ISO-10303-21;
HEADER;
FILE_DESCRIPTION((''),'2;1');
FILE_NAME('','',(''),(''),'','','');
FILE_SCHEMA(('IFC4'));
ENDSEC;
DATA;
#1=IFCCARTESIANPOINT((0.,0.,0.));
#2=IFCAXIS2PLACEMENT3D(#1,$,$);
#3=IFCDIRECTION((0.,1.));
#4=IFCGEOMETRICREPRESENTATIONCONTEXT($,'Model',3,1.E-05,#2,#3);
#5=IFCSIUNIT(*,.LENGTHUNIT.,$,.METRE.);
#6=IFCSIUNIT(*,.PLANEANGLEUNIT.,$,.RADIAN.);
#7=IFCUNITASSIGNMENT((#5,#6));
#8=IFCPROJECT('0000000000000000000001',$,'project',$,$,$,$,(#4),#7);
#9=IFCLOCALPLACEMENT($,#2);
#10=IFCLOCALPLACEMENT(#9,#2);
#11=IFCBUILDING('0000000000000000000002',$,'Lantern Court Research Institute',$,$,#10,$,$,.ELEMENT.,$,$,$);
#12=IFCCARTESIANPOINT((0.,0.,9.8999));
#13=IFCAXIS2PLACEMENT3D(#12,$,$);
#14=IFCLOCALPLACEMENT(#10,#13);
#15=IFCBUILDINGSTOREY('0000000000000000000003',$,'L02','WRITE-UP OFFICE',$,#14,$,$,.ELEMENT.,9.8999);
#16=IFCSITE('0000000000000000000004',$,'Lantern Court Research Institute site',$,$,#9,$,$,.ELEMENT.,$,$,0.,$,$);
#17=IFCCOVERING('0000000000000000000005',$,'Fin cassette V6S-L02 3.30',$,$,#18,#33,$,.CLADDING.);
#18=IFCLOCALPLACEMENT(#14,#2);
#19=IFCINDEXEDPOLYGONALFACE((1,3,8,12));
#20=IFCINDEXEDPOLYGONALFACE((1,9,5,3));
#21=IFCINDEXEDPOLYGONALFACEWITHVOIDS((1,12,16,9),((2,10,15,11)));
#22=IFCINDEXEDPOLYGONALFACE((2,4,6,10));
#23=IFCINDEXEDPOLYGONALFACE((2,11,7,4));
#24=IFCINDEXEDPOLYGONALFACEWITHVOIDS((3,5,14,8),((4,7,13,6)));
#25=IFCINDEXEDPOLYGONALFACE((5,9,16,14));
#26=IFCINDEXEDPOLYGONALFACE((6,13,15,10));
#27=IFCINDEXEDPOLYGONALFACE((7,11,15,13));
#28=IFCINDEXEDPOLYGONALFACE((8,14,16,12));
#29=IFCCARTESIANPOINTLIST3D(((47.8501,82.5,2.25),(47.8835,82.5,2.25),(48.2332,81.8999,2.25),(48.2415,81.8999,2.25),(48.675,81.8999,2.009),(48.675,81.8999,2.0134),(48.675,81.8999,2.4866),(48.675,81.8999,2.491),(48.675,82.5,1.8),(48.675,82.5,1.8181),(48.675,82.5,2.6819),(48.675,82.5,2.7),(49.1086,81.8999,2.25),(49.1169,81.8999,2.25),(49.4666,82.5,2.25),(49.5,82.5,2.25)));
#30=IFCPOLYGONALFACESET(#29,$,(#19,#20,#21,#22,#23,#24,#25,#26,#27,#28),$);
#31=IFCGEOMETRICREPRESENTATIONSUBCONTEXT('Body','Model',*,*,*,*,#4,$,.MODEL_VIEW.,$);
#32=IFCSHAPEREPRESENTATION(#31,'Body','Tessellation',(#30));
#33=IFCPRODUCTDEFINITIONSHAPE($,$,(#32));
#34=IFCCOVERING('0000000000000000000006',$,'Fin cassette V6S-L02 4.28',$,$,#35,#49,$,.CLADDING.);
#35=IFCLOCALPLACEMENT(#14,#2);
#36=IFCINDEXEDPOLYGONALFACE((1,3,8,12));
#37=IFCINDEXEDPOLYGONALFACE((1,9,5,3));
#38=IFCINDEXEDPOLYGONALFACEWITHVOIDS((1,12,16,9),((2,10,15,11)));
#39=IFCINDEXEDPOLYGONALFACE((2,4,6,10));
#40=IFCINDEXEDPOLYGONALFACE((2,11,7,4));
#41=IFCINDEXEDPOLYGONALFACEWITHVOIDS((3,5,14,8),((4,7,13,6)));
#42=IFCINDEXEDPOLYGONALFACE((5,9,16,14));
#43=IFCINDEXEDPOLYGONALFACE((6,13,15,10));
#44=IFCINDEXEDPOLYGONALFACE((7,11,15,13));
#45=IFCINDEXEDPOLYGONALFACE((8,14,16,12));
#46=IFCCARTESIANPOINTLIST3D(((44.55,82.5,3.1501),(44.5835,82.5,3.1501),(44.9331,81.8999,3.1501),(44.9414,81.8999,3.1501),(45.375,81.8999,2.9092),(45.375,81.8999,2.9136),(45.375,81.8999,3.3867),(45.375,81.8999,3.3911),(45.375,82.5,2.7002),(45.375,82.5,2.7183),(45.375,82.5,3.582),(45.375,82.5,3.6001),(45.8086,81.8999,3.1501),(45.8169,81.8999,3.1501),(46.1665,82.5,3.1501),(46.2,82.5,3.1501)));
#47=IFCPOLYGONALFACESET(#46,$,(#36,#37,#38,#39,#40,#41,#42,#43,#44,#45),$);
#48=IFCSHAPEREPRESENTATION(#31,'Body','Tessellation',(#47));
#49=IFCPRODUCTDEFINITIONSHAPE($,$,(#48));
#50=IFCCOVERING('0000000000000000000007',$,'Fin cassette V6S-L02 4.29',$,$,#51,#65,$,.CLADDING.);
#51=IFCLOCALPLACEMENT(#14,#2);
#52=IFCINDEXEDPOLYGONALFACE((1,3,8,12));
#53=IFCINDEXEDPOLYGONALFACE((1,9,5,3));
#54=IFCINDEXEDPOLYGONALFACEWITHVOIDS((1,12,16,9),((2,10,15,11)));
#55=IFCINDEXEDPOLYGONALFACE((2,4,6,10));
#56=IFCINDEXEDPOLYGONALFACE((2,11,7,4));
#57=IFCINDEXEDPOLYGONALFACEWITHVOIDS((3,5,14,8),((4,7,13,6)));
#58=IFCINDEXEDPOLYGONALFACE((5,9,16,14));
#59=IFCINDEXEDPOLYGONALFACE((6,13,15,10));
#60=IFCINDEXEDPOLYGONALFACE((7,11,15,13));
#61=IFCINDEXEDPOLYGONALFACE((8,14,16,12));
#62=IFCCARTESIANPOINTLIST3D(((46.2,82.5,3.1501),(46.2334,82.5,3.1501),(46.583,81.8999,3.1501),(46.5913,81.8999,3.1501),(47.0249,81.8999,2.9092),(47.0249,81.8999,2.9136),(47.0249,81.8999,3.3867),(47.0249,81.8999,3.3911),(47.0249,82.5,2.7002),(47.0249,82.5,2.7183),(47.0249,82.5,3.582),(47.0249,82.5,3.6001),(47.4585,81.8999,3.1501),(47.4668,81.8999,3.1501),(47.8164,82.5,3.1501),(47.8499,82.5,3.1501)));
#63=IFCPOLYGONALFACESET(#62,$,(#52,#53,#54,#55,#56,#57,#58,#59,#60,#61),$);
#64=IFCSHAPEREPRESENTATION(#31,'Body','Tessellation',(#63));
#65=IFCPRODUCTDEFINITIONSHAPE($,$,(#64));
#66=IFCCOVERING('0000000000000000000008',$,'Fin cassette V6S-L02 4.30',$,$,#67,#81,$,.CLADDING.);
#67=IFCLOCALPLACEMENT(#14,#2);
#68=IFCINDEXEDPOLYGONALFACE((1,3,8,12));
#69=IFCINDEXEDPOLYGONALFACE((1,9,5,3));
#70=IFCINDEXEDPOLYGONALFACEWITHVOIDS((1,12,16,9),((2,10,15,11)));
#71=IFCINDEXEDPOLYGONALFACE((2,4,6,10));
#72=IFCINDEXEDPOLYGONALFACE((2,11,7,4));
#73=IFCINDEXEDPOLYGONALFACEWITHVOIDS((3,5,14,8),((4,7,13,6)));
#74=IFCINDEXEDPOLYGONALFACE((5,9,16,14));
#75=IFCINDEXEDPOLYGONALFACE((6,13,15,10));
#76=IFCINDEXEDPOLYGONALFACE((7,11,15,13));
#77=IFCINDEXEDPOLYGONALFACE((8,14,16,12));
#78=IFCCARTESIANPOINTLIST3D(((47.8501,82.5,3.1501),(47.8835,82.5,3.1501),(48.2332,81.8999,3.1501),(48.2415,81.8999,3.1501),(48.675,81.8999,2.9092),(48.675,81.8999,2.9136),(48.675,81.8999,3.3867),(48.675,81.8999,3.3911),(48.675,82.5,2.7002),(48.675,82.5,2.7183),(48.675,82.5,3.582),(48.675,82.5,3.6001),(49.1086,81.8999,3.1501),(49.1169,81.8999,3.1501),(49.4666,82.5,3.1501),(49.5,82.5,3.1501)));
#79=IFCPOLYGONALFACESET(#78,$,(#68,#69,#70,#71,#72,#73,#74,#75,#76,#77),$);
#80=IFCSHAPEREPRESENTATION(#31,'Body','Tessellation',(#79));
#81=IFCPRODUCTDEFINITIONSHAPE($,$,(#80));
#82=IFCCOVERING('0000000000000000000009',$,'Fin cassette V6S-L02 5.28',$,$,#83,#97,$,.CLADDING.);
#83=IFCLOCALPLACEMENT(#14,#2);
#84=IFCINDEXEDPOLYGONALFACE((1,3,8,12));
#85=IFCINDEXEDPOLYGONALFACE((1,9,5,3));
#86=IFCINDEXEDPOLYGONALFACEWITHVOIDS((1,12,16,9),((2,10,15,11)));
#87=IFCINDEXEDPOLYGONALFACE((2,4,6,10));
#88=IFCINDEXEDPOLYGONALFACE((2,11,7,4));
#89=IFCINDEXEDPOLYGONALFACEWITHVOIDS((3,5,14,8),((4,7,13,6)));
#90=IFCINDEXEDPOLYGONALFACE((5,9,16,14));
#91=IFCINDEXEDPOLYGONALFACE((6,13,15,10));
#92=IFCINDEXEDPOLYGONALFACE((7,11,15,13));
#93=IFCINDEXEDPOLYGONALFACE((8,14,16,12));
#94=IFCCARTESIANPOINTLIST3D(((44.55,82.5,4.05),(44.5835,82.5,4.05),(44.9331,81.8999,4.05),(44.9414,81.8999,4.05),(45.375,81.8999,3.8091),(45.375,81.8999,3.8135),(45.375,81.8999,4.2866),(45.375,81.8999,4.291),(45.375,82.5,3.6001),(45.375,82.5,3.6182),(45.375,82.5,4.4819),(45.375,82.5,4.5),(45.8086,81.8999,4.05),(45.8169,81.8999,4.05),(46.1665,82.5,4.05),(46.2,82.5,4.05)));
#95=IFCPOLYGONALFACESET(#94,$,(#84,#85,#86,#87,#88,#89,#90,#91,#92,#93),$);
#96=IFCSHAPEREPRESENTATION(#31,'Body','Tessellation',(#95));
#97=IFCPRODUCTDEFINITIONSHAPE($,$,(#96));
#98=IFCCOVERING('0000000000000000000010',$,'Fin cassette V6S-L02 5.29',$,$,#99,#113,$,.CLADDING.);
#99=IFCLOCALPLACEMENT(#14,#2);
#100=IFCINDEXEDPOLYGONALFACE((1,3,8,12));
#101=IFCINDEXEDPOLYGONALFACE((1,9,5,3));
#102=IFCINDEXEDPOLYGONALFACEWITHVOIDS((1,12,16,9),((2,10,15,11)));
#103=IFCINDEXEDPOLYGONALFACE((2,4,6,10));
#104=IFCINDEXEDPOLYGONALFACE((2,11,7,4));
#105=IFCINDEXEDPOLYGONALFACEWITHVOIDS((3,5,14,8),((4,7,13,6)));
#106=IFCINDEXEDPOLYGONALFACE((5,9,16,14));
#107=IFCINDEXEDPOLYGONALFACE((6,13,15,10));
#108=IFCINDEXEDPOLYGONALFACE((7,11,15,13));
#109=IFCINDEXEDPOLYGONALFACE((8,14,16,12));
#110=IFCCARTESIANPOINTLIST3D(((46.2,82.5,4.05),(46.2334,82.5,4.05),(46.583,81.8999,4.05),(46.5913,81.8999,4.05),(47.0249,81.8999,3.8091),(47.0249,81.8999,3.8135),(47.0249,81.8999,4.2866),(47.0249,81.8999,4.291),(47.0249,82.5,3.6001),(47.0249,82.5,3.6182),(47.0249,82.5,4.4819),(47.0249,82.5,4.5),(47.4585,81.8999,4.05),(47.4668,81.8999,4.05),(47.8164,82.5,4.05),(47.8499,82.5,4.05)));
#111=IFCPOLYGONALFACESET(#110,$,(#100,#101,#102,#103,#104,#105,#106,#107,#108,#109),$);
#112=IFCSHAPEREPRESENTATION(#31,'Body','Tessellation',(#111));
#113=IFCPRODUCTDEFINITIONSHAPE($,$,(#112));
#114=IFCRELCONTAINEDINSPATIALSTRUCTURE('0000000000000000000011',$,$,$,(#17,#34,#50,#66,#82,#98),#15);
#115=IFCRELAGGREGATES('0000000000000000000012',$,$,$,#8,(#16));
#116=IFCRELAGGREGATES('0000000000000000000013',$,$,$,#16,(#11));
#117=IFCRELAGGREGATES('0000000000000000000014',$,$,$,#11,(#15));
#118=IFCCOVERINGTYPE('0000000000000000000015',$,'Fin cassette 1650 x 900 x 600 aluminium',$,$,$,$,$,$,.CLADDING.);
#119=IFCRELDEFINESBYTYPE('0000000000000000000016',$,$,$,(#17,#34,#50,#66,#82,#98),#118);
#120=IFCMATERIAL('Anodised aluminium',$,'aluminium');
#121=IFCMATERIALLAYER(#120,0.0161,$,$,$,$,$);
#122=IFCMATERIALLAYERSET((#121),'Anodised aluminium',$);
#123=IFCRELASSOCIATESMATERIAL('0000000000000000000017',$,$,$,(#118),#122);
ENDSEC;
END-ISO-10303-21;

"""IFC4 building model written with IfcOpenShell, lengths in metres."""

from ifc_helpers import new_model, entity, si_unit, direction, frame, origin, place, context, subcontext, project, spatial, material, layer, layer_set, type_object, element, save


model = new_model("IFC4")

# Units and contexts
model_context = context("Model", 3, precision=1e-05, world=origin(), true_north=direction((0.0, 1.0)))
body_context = subcontext(model_context, "Body", "Model", "MODEL_VIEW")
ifc_project = project(units=[si_unit("LENGTHUNIT", "METRE"), si_unit("PLANEANGLEUNIT", "RADIAN")], contexts=[model_context])

# Site, building, storey
site_placement = place(None, origin())
site = spatial("IfcSite", under=ifc_project, at=site_placement, Name="Lantern Court Research Institute site", CompositionType="ELEMENT", RefElevation=0.0)
building_placement = place(site_placement, origin())
building = spatial("IfcBuilding", under=site, at=building_placement, Name="Lantern Court Research Institute", CompositionType="ELEMENT")
storey_placement = place(building_placement, frame((0.0, 0.0, 9.8999)))
storey = spatial("IfcBuildingStorey", under=building, at=storey_placement, Name="L02", Description="WRITE-UP OFFICE", CompositionType="ELEMENT", Elevation=9.8999)

# Coverings
ifc_material_1 = material(Name="Anodised aluminium", Category="aluminium")
ifc_layer_1 = layer(ifc_material_1, 0.0161)
ifc_layer_set_1 = layer_set([ifc_layer_1], Name="Anodised aluminium")
covering_type = type_object("IfcCoveringType", Name="Fin cassette 1650 x 900 x 600 aluminium", PredefinedType="CLADDING", material=ifc_layer_set_1)
covering_1_placement = place(storey_placement, frame((48.675, 82.5, 2.25), z_axis=(0.0, -1.0, 0.0), x_axis=(1.0, 0.0, 0.0)))
cartesian_point_1 = entity("IfcCartesianPoint", [0.825, 0.0])
cartesian_point_2 = entity("IfcCartesianPoint", [0.7915, 0.0])
cartesian_point_3 = entity("IfcCartesianPoint", [0.4419, 0.0])
cartesian_point_4 = entity("IfcCartesianPoint", [0.4336, 0.0])
element("IfcCovering", 1, at=covering_1_placement, inside=storey, type_object=covering_type, Name="Fin cassette V6S-L02 3.30", PredefinedType="CLADDING", context=body_context, shape_type="SweptSolid", body=[
    entity("IfcExtrudedAreaSolidTapered", entity("IfcArbitraryProfileDefWithVoids", "AREA", None, entity("IfcPolyline", [cartesian_point_1, entity("IfcCartesianPoint", [0.0, 0.45]), entity("IfcCartesianPoint", [-0.825, 0.0]), entity("IfcCartesianPoint", [0.0, -0.45]), cartesian_point_1]), [entity("IfcPolyline", [cartesian_point_2, entity("IfcCartesianPoint", [0.0, 0.4319]), entity("IfcCartesianPoint", [-0.7915, 0.0]), entity("IfcCartesianPoint", [0.0, -0.4319]), cartesian_point_2])]), entity("IfcAxis2Placement3D", entity("IfcCartesianPoint", [0.0, 0.0, 0.0])), entity("IfcDirection", [0.0, 0.0, 1.0]), 0.6001, entity("IfcArbitraryProfileDefWithVoids", "AREA", None, entity("IfcPolyline", [cartesian_point_3, entity("IfcCartesianPoint", [0.0, 0.241]), entity("IfcCartesianPoint", [-0.4419, 0.0]), entity("IfcCartesianPoint", [0.0, -0.241]), cartesian_point_3]), [entity("IfcPolyline", [cartesian_point_4, entity("IfcCartesianPoint", [0.0, 0.2366]), entity("IfcCartesianPoint", [-0.4336, 0.0]), entity("IfcCartesianPoint", [0.0, -0.2366]), cartesian_point_4])])),
])
covering_2_placement = place(storey_placement, frame((45.375, 82.5, 3.1501), z_axis=(0.0, -1.0, 0.0), x_axis=(1.0, 0.0, 0.0)))
cartesian_point_5 = entity("IfcCartesianPoint", [0.825, 0.0])
cartesian_point_6 = entity("IfcCartesianPoint", [0.7915, 0.0])
cartesian_point_7 = entity("IfcCartesianPoint", [0.4419, 0.0])
cartesian_point_8 = entity("IfcCartesianPoint", [0.4336, 0.0])
element("IfcCovering", 2, at=covering_2_placement, inside=storey, type_object=covering_type, Name="Fin cassette V6S-L02 4.28", PredefinedType="CLADDING", context=body_context, shape_type="SweptSolid", body=[
    entity("IfcExtrudedAreaSolidTapered", entity("IfcArbitraryProfileDefWithVoids", "AREA", None, entity("IfcPolyline", [cartesian_point_5, entity("IfcCartesianPoint", [0.0, 0.45]), entity("IfcCartesianPoint", [-0.825, 0.0]), entity("IfcCartesianPoint", [0.0, -0.45]), cartesian_point_5]), [entity("IfcPolyline", [cartesian_point_6, entity("IfcCartesianPoint", [0.0, 0.4319]), entity("IfcCartesianPoint", [-0.7915, 0.0]), entity("IfcCartesianPoint", [0.0, -0.4319]), cartesian_point_6])]), entity("IfcAxis2Placement3D", entity("IfcCartesianPoint", [0.0, 0.0, 0.0])), entity("IfcDirection", [0.0, 0.0, 1.0]), 0.6001, entity("IfcArbitraryProfileDefWithVoids", "AREA", None, entity("IfcPolyline", [cartesian_point_7, entity("IfcCartesianPoint", [0.0, 0.241]), entity("IfcCartesianPoint", [-0.4419, 0.0]), entity("IfcCartesianPoint", [0.0, -0.241]), cartesian_point_7]), [entity("IfcPolyline", [cartesian_point_8, entity("IfcCartesianPoint", [0.0, 0.2366]), entity("IfcCartesianPoint", [-0.4336, 0.0]), entity("IfcCartesianPoint", [0.0, -0.2366]), cartesian_point_8])])),
])
covering_3_placement = place(storey_placement, frame((47.0249, 82.5, 3.1501), z_axis=(0.0, -1.0, 0.0), x_axis=(1.0, 0.0, 0.0)))
cartesian_point_9 = entity("IfcCartesianPoint", [0.825, 0.0])
cartesian_point_10 = entity("IfcCartesianPoint", [0.7915, 0.0])
cartesian_point_11 = entity("IfcCartesianPoint", [0.4419, 0.0])
cartesian_point_12 = entity("IfcCartesianPoint", [0.4336, 0.0])
element("IfcCovering", 3, at=covering_3_placement, inside=storey, type_object=covering_type, Name="Fin cassette V6S-L02 4.29", PredefinedType="CLADDING", context=body_context, shape_type="SweptSolid", body=[
    entity("IfcExtrudedAreaSolidTapered", entity("IfcArbitraryProfileDefWithVoids", "AREA", None, entity("IfcPolyline", [cartesian_point_9, entity("IfcCartesianPoint", [0.0, 0.45]), entity("IfcCartesianPoint", [-0.825, 0.0]), entity("IfcCartesianPoint", [0.0, -0.45]), cartesian_point_9]), [entity("IfcPolyline", [cartesian_point_10, entity("IfcCartesianPoint", [0.0, 0.4319]), entity("IfcCartesianPoint", [-0.7915, 0.0]), entity("IfcCartesianPoint", [0.0, -0.4319]), cartesian_point_10])]), entity("IfcAxis2Placement3D", entity("IfcCartesianPoint", [0.0, 0.0, 0.0])), entity("IfcDirection", [0.0, 0.0, 1.0]), 0.6001, entity("IfcArbitraryProfileDefWithVoids", "AREA", None, entity("IfcPolyline", [cartesian_point_11, entity("IfcCartesianPoint", [0.0, 0.241]), entity("IfcCartesianPoint", [-0.4419, 0.0]), entity("IfcCartesianPoint", [0.0, -0.241]), cartesian_point_11]), [entity("IfcPolyline", [cartesian_point_12, entity("IfcCartesianPoint", [0.0, 0.2366]), entity("IfcCartesianPoint", [-0.4336, 0.0]), entity("IfcCartesianPoint", [0.0, -0.2366]), cartesian_point_12])])),
])
covering_4_placement = place(storey_placement, frame((48.675, 82.5, 3.1501), z_axis=(0.0, -1.0, 0.0), x_axis=(1.0, 0.0, 0.0)))
cartesian_point_13 = entity("IfcCartesianPoint", [0.825, 0.0])
cartesian_point_14 = entity("IfcCartesianPoint", [0.7915, 0.0])
cartesian_point_15 = entity("IfcCartesianPoint", [0.4419, 0.0])
cartesian_point_16 = entity("IfcCartesianPoint", [0.4336, 0.0])
element("IfcCovering", 4, at=covering_4_placement, inside=storey, type_object=covering_type, Name="Fin cassette V6S-L02 4.30", PredefinedType="CLADDING", context=body_context, shape_type="SweptSolid", body=[
    entity("IfcExtrudedAreaSolidTapered", entity("IfcArbitraryProfileDefWithVoids", "AREA", None, entity("IfcPolyline", [cartesian_point_13, entity("IfcCartesianPoint", [0.0, 0.45]), entity("IfcCartesianPoint", [-0.825, 0.0]), entity("IfcCartesianPoint", [0.0, -0.45]), cartesian_point_13]), [entity("IfcPolyline", [cartesian_point_14, entity("IfcCartesianPoint", [0.0, 0.4319]), entity("IfcCartesianPoint", [-0.7915, 0.0]), entity("IfcCartesianPoint", [0.0, -0.4319]), cartesian_point_14])]), entity("IfcAxis2Placement3D", entity("IfcCartesianPoint", [0.0, 0.0, 0.0])), entity("IfcDirection", [0.0, 0.0, 1.0]), 0.6001, entity("IfcArbitraryProfileDefWithVoids", "AREA", None, entity("IfcPolyline", [cartesian_point_15, entity("IfcCartesianPoint", [0.0, 0.241]), entity("IfcCartesianPoint", [-0.4419, 0.0]), entity("IfcCartesianPoint", [0.0, -0.241]), cartesian_point_15]), [entity("IfcPolyline", [cartesian_point_16, entity("IfcCartesianPoint", [0.0, 0.2366]), entity("IfcCartesianPoint", [-0.4336, 0.0]), entity("IfcCartesianPoint", [0.0, -0.2366]), cartesian_point_16])])),
])
covering_5_placement = place(storey_placement, frame((45.375, 82.5, 4.05), z_axis=(0.0, -1.0, 0.0), x_axis=(1.0, 0.0, 0.0)))
cartesian_point_17 = entity("IfcCartesianPoint", [0.825, 0.0])
cartesian_point_18 = entity("IfcCartesianPoint", [0.7915, 0.0])
cartesian_point_19 = entity("IfcCartesianPoint", [0.4419, 0.0])
cartesian_point_20 = entity("IfcCartesianPoint", [0.4336, 0.0])
element("IfcCovering", 5, at=covering_5_placement, inside=storey, type_object=covering_type, Name="Fin cassette V6S-L02 5.28", PredefinedType="CLADDING", context=body_context, shape_type="SweptSolid", body=[
    entity("IfcExtrudedAreaSolidTapered", entity("IfcArbitraryProfileDefWithVoids", "AREA", None, entity("IfcPolyline", [cartesian_point_17, entity("IfcCartesianPoint", [0.0, 0.45]), entity("IfcCartesianPoint", [-0.825, 0.0]), entity("IfcCartesianPoint", [0.0, -0.45]), cartesian_point_17]), [entity("IfcPolyline", [cartesian_point_18, entity("IfcCartesianPoint", [0.0, 0.4319]), entity("IfcCartesianPoint", [-0.7915, 0.0]), entity("IfcCartesianPoint", [0.0, -0.4319]), cartesian_point_18])]), entity("IfcAxis2Placement3D", entity("IfcCartesianPoint", [0.0, 0.0, 0.0])), entity("IfcDirection", [0.0, 0.0, 1.0]), 0.6001, entity("IfcArbitraryProfileDefWithVoids", "AREA", None, entity("IfcPolyline", [cartesian_point_19, entity("IfcCartesianPoint", [0.0, 0.241]), entity("IfcCartesianPoint", [-0.4419, 0.0]), entity("IfcCartesianPoint", [0.0, -0.241]), cartesian_point_19]), [entity("IfcPolyline", [cartesian_point_20, entity("IfcCartesianPoint", [0.0, 0.2366]), entity("IfcCartesianPoint", [-0.4336, 0.0]), entity("IfcCartesianPoint", [0.0, -0.2366]), cartesian_point_20])])),
])
covering_6_placement = place(storey_placement, frame((47.0249, 82.5, 4.05), z_axis=(0.0, -1.0, 0.0), x_axis=(1.0, 0.0, 0.0)))
cartesian_point_21 = entity("IfcCartesianPoint", [0.825, 0.0])
cartesian_point_22 = entity("IfcCartesianPoint", [0.7915, 0.0])
cartesian_point_23 = entity("IfcCartesianPoint", [0.4419, 0.0])
cartesian_point_24 = entity("IfcCartesianPoint", [0.4336, 0.0])
element("IfcCovering", 6, at=covering_6_placement, inside=storey, type_object=covering_type, Name="Fin cassette V6S-L02 5.29", PredefinedType="CLADDING", context=body_context, shape_type="SweptSolid", body=[
    entity("IfcExtrudedAreaSolidTapered", entity("IfcArbitraryProfileDefWithVoids", "AREA", None, entity("IfcPolyline", [cartesian_point_21, entity("IfcCartesianPoint", [0.0, 0.45]), entity("IfcCartesianPoint", [-0.825, 0.0]), entity("IfcCartesianPoint", [0.0, -0.45]), cartesian_point_21]), [entity("IfcPolyline", [cartesian_point_22, entity("IfcCartesianPoint", [0.0, 0.4319]), entity("IfcCartesianPoint", [-0.7915, 0.0]), entity("IfcCartesianPoint", [0.0, -0.4319]), cartesian_point_22])]), entity("IfcAxis2Placement3D", entity("IfcCartesianPoint", [0.0, 0.0, 0.0])), entity("IfcDirection", [0.0, 0.0, 1.0]), 0.6001, entity("IfcArbitraryProfileDefWithVoids", "AREA", None, entity("IfcPolyline", [cartesian_point_23, entity("IfcCartesianPoint", [0.0, 0.241]), entity("IfcCartesianPoint", [-0.4419, 0.0]), entity("IfcCartesianPoint", [0.0, -0.241]), cartesian_point_23]), [entity("IfcPolyline", [cartesian_point_24, entity("IfcCartesianPoint", [0.0, 0.2366]), entity("IfcCartesianPoint", [-0.4336, 0.0]), entity("IfcCartesianPoint", [0.0, -0.2366]), cartesian_point_24])])),
])

save(model, "model.ifc")
